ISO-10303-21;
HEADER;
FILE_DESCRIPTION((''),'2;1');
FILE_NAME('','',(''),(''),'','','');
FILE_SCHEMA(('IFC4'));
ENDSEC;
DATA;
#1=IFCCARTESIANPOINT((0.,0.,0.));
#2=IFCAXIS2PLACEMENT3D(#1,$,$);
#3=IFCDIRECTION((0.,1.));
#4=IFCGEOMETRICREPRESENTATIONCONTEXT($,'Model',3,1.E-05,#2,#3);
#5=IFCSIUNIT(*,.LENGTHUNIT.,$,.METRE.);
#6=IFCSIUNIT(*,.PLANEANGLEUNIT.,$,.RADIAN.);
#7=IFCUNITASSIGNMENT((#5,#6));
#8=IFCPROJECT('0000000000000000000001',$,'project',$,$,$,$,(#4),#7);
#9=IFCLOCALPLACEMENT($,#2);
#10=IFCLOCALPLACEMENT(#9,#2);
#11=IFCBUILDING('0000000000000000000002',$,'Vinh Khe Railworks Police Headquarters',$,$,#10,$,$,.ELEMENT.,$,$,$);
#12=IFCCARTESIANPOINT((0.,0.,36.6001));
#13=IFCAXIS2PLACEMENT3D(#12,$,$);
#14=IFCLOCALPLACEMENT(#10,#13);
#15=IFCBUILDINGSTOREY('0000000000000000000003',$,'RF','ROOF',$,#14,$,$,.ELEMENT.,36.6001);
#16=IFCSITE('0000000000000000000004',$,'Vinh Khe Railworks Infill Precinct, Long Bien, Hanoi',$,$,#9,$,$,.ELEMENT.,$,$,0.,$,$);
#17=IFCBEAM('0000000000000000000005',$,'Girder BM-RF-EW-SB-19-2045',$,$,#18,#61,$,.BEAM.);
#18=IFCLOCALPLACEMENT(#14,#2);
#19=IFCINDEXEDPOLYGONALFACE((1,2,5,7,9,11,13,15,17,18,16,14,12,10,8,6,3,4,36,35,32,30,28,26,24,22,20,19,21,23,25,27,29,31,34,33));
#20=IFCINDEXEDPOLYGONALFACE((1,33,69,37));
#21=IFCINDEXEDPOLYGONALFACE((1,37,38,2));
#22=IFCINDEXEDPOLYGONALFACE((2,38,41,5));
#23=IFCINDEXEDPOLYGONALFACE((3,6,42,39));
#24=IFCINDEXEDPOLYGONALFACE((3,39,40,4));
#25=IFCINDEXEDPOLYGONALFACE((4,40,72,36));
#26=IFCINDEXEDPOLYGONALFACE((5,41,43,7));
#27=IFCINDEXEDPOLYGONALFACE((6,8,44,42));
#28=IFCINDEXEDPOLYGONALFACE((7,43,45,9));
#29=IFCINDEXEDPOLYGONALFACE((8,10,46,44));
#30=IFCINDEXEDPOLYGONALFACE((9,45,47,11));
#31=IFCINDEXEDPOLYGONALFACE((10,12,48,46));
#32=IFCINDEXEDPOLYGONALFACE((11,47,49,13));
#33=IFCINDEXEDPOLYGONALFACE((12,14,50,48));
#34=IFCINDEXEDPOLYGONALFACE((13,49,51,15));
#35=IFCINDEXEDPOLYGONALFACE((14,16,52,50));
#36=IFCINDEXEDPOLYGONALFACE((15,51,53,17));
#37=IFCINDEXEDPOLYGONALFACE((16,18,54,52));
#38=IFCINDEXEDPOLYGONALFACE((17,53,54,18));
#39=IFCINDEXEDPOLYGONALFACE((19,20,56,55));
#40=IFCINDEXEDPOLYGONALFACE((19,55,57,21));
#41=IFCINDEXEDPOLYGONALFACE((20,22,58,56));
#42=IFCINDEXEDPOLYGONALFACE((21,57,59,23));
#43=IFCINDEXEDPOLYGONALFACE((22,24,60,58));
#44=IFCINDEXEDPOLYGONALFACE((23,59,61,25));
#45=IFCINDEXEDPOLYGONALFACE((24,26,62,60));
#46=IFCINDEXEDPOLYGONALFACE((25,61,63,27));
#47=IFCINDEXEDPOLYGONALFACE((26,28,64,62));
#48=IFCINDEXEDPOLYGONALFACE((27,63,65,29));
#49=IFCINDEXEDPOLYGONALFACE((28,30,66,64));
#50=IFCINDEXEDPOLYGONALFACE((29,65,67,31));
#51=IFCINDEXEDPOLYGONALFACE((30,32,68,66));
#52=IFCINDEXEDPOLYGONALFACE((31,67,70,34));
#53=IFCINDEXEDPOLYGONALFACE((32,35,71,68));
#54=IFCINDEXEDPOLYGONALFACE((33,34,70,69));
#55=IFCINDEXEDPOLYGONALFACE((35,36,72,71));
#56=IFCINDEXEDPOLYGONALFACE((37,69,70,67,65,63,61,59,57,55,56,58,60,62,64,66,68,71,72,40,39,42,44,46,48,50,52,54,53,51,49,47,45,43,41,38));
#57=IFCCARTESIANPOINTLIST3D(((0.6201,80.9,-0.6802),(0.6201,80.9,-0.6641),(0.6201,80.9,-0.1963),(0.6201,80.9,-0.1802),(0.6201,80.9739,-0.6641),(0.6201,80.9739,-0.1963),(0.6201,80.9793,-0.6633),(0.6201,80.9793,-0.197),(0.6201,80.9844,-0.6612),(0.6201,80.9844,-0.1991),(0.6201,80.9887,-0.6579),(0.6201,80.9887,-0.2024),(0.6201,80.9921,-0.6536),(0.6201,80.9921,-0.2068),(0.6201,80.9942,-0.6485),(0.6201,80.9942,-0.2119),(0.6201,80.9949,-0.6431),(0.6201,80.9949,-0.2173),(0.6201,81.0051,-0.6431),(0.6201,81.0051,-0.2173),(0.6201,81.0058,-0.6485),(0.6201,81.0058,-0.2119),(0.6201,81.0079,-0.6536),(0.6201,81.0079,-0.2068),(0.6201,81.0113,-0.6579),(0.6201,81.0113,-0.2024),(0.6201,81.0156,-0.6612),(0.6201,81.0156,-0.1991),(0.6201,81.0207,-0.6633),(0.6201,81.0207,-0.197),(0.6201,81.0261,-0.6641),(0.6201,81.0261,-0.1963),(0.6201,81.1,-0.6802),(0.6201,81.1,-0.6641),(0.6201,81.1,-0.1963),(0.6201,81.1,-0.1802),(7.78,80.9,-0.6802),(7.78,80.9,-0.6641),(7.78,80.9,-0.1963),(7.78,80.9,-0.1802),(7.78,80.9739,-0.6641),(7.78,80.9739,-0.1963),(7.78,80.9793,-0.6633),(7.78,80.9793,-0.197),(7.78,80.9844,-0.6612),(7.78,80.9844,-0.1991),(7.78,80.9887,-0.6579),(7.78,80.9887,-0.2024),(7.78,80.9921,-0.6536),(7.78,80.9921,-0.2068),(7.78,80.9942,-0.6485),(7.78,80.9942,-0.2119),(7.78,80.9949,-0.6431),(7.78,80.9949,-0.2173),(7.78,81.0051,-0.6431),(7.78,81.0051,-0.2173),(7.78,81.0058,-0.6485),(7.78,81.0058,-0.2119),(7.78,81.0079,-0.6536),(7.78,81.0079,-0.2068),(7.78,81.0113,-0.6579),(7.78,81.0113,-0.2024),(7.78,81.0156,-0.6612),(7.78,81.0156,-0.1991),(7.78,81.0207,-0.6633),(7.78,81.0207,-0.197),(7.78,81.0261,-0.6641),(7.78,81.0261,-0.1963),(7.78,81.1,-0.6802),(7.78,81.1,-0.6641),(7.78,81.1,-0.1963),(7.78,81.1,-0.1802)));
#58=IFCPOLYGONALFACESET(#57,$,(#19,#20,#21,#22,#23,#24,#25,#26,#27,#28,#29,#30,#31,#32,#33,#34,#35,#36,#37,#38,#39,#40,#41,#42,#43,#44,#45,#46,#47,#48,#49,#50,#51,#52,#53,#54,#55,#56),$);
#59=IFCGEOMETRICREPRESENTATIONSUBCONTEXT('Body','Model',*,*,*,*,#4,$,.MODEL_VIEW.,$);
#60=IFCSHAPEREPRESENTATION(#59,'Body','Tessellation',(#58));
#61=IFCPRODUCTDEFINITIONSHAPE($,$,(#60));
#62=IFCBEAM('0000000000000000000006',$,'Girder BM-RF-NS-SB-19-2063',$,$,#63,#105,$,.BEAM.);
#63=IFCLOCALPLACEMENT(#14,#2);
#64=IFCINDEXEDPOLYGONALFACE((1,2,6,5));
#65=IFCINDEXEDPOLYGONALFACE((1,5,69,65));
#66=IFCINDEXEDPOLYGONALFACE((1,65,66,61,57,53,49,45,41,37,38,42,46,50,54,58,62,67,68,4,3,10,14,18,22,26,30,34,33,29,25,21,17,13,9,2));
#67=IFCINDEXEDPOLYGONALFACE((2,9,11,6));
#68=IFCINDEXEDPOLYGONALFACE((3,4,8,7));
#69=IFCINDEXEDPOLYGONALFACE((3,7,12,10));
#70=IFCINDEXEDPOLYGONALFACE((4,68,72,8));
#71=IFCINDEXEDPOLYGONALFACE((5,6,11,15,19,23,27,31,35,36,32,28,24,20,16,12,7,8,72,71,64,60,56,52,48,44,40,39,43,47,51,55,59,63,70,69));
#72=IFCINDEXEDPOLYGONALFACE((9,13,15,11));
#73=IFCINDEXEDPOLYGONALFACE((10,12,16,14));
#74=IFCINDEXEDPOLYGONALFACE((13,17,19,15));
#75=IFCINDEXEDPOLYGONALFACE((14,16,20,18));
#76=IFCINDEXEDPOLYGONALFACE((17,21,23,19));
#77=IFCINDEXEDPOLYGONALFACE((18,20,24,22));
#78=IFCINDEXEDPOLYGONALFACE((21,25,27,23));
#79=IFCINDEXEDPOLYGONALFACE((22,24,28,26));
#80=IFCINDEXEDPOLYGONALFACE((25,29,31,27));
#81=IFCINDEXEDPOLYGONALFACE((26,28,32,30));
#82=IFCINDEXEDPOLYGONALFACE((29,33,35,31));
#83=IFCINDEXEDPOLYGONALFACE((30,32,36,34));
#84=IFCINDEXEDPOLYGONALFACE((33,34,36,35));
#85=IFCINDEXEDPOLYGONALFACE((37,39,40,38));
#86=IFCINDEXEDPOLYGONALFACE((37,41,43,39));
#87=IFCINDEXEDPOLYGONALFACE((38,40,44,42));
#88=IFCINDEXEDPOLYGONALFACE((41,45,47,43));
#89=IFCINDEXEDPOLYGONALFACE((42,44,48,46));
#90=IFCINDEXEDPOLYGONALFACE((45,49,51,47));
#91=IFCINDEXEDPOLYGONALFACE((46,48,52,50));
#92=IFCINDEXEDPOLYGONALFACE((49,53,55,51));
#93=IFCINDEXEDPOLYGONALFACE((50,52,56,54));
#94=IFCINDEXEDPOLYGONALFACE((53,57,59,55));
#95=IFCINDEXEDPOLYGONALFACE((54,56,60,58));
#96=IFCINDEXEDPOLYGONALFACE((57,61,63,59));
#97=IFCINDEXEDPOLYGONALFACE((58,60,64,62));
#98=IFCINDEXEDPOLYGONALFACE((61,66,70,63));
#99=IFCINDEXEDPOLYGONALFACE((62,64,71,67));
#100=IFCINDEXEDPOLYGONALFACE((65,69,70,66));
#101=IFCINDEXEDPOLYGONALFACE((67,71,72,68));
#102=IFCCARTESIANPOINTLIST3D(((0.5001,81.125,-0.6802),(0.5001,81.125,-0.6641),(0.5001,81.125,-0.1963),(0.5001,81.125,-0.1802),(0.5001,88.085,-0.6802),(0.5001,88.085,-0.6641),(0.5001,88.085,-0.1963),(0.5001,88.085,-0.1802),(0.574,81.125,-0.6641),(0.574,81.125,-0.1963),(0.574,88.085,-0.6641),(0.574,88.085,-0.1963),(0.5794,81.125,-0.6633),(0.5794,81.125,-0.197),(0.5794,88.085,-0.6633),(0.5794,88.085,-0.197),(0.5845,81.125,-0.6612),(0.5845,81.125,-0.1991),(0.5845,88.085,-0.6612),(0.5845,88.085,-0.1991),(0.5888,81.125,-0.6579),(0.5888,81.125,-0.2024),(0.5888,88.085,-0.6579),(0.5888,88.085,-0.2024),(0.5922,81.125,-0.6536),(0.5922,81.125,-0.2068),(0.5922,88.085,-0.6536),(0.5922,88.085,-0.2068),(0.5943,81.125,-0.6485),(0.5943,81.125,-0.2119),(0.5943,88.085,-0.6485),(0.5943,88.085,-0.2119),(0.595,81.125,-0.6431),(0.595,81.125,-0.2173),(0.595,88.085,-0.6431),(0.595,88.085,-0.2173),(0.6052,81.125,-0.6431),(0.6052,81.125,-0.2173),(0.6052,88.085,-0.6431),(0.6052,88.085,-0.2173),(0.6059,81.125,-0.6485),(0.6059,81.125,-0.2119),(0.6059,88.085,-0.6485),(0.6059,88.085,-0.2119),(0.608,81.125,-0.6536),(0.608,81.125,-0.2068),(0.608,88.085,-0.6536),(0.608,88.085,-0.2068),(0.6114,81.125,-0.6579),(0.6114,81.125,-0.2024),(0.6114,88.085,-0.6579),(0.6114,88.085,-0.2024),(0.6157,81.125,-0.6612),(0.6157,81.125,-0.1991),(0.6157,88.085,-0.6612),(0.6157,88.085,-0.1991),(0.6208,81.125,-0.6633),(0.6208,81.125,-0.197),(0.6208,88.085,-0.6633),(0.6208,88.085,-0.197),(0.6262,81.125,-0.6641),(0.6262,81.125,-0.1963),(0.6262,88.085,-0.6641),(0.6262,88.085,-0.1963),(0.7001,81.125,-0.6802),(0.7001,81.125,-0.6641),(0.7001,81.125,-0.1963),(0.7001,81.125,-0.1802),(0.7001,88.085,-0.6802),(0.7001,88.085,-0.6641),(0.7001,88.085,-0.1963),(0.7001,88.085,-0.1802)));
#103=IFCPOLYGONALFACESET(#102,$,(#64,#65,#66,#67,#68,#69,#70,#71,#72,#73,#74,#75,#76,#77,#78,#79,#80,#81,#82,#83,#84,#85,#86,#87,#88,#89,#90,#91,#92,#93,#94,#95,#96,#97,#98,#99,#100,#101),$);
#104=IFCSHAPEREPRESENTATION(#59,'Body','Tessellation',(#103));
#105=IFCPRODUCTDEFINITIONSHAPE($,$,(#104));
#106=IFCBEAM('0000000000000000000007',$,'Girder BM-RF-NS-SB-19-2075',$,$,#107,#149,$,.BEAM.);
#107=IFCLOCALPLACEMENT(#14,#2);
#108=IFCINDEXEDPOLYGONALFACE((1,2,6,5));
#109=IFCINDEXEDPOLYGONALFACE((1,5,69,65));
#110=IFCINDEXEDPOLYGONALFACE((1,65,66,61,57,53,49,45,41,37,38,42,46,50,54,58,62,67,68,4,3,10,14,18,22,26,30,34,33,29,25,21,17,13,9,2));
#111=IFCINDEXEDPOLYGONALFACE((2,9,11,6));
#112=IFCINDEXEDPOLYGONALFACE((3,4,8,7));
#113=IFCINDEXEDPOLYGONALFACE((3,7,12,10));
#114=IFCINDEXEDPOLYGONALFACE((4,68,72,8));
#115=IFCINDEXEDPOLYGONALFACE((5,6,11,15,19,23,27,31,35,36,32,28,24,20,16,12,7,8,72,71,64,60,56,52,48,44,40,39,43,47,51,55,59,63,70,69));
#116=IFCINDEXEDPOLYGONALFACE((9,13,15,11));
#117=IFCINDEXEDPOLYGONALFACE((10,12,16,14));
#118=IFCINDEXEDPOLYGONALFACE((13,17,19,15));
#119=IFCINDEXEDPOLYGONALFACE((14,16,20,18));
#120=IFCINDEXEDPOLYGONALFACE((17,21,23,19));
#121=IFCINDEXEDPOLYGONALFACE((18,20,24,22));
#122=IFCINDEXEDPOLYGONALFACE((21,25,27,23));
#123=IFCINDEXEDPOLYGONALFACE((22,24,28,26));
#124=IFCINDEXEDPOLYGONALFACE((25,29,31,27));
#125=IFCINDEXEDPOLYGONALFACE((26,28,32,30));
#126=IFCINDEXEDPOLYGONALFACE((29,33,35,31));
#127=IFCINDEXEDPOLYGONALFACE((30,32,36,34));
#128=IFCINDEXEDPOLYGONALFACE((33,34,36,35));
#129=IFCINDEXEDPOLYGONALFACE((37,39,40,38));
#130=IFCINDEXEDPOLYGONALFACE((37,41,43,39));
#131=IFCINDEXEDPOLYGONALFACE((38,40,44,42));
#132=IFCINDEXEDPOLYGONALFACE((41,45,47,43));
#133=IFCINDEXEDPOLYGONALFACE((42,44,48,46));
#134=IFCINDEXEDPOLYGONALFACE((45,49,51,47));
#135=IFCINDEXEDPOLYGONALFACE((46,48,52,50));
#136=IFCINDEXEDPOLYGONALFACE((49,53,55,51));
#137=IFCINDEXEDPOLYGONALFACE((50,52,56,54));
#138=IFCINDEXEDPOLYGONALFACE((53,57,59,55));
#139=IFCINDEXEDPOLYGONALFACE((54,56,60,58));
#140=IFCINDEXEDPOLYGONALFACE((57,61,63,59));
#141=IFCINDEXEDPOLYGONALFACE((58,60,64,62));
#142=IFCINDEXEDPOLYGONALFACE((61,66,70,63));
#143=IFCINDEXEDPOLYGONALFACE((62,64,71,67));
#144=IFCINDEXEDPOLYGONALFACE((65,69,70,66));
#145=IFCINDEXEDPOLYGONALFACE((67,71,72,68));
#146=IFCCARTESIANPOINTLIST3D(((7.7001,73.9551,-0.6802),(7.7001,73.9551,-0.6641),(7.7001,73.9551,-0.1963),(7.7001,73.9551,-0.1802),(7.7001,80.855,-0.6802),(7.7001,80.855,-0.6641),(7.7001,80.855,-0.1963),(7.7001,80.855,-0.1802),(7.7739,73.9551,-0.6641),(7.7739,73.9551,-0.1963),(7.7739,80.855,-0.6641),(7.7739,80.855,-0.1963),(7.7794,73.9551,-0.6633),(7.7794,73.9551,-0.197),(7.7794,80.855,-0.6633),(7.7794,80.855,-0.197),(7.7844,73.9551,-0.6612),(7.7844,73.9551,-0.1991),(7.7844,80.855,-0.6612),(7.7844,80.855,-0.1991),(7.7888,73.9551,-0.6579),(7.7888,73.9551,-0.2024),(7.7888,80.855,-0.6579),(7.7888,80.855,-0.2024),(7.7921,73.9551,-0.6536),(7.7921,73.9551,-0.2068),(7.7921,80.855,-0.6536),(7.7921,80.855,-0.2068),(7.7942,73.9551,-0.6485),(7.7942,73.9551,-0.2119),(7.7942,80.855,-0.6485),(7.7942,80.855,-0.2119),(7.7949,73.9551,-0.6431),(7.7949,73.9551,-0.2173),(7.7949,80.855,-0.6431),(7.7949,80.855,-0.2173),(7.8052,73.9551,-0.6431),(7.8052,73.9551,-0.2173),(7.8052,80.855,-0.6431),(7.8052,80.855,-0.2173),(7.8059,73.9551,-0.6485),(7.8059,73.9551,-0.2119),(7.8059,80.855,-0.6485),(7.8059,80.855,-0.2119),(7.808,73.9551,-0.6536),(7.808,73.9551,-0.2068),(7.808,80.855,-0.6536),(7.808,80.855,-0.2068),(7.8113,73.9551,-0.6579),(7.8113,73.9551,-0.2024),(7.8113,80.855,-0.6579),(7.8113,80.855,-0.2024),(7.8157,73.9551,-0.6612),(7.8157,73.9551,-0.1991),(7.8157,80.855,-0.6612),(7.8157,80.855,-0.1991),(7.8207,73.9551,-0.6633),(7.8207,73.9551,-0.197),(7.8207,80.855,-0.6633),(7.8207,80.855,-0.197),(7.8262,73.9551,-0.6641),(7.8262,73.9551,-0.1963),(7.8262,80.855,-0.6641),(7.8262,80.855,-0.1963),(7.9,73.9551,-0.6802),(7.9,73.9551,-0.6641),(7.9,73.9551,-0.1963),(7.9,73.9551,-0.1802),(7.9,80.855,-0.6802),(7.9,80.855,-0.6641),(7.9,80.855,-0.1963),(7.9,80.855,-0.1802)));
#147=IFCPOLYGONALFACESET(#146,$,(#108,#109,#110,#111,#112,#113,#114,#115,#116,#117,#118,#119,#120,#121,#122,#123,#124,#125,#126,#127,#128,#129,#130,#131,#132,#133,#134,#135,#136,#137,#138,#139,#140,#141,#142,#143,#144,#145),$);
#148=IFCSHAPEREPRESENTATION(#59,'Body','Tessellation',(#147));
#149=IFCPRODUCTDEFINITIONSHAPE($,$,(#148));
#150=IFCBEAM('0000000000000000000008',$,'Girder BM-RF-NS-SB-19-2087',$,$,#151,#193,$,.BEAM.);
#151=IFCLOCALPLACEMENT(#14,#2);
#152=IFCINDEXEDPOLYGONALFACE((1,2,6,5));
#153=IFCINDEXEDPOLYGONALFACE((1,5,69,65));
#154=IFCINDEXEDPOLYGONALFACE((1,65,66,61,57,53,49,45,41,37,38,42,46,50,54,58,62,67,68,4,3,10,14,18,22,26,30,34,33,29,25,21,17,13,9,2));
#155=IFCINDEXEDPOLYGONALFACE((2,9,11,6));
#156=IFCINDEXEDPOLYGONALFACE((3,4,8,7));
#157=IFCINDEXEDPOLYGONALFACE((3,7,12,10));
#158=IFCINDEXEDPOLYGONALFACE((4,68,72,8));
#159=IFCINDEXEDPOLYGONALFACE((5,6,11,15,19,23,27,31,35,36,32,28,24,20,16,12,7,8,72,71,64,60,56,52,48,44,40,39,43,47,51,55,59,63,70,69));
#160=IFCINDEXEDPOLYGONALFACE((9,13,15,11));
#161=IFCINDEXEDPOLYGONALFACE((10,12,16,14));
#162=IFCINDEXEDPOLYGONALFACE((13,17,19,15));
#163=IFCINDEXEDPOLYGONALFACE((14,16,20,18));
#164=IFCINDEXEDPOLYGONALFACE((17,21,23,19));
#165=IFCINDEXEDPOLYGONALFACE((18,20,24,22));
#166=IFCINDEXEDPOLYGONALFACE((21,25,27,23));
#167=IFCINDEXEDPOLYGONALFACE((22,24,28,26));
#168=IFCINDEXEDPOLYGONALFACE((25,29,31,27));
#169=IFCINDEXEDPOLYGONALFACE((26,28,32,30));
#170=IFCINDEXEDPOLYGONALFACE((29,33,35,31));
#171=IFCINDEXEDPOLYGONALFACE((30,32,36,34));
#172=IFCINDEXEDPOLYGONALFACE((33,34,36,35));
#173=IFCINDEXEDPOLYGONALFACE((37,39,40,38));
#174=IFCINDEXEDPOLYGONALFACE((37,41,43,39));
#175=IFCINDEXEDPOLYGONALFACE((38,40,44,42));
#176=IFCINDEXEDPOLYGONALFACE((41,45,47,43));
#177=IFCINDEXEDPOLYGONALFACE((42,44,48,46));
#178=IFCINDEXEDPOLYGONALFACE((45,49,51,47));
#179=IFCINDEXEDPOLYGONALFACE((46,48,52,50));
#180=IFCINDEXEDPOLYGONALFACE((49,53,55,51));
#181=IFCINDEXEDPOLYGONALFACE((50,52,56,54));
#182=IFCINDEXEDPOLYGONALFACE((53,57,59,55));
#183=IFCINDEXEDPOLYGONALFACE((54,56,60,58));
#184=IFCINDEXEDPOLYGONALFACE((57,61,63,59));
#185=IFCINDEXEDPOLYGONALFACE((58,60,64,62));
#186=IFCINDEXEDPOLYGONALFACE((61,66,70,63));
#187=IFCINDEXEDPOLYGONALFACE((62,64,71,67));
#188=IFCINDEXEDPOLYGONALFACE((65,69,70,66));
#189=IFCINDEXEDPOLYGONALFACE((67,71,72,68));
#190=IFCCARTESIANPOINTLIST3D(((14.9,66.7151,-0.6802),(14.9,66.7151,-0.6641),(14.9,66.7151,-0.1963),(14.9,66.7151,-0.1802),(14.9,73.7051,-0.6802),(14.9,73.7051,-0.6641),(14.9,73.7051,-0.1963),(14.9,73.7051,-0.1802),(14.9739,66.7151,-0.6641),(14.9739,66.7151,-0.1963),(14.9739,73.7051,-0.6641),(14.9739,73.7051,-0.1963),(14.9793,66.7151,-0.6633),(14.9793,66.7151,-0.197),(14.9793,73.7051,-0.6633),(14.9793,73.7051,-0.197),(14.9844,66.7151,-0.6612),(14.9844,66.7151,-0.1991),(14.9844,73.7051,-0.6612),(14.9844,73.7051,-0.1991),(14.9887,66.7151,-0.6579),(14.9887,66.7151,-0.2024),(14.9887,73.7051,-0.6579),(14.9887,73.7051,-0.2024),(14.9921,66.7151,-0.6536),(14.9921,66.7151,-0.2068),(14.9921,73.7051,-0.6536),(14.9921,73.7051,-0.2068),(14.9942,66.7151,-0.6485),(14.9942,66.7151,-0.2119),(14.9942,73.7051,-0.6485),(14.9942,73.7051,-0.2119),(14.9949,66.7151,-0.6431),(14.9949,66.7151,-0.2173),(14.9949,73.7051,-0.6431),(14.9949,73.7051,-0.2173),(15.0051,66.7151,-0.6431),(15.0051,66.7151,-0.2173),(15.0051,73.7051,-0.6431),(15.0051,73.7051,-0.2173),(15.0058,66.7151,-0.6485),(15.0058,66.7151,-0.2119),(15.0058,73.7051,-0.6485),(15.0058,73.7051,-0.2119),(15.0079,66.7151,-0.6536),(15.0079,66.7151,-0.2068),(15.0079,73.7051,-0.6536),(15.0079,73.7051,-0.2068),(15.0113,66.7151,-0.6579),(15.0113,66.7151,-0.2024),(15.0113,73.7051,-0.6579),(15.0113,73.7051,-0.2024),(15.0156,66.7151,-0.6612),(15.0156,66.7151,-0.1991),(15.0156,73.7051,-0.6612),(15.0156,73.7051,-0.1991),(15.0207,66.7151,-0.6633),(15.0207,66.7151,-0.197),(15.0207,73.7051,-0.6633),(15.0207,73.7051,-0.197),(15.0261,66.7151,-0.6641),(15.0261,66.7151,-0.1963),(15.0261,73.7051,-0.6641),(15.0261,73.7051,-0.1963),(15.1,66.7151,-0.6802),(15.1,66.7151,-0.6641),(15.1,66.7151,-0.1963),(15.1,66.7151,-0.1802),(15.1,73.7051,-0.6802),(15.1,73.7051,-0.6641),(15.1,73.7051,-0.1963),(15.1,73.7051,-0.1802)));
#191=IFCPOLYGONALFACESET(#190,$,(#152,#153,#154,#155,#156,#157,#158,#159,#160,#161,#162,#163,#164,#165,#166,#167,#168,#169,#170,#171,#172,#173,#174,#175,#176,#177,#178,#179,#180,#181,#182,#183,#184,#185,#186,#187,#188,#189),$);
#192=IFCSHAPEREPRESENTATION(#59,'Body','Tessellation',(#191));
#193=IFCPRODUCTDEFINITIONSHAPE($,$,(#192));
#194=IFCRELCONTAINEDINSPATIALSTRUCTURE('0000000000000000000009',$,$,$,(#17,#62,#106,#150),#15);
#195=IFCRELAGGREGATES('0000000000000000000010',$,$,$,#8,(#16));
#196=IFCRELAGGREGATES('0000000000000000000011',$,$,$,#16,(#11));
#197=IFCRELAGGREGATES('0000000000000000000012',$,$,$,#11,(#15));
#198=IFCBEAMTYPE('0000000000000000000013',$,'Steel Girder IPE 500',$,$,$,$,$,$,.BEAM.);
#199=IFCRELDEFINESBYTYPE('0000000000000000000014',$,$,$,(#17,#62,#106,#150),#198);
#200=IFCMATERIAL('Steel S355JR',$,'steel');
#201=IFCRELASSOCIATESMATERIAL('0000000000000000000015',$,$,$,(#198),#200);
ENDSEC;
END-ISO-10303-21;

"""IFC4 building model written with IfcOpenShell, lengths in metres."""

from ifc_helpers import new_model, si_unit, direction, frame, origin, origin_2d, place, context, subcontext, project, spatial, i_section, extrude, material, material_profile, profile_set, type_object, element, save


model = new_model("IFC4")

# Units and contexts
model_context = context("Model", 3, precision=1e-05, world=origin(), true_north=direction((0.0, 1.0)))
body_context = subcontext(model_context, "Body", "Model", "MODEL_VIEW")
ifc_project = project(units=[si_unit("LENGTHUNIT", "METRE"), si_unit("PLANEANGLEUNIT", "RADIAN")], contexts=[model_context])

# Site, building, storey
site_placement = place(None, origin())
site = spatial("IfcSite", under=ifc_project, at=site_placement, Name="Vinh Khe Railworks Infill Precinct, Long Bien, Hanoi", CompositionType="ELEMENT", RefElevation=0.0)
building_placement = place(site_placement, origin())
building = spatial("IfcBuilding", under=site, at=building_placement, Name="Vinh Khe Railworks Police Headquarters", CompositionType="ELEMENT")
storey_placement = place(building_placement, frame((0.0, 0.0, 36.6001)))
storey = spatial("IfcBuildingStorey", under=building, at=storey_placement, Name="RF", Description="ROOF", CompositionType="ELEMENT", Elevation=36.6001)

# Shared definitions
ifc_material_1 = material(Name="Steel S355JR", Category="steel")

# Beams
ifc_material_profile_1 = material_profile(ifc_material_1, i_section(OverallWidth=0.2, OverallDepth=0.5, WebThickness=0.0103, FlangeThickness=0.0161, FilletRadius=0.021, at=origin_2d()), Name="IPE 500")
ifc_profile_set_1 = profile_set([ifc_material_profile_1], Name="Steel S355JR")
beam_type_1 = type_object("IfcBeamType", Name="Steel Girder IPE 500", PredefinedType="BEAM", material=ifc_profile_set_1)
beam_1_placement = place(storey_placement, frame((0.6201, 81.0, -0.4302), z_axis=(1.0, 0.0, 0.0), x_axis=(0.0, 1.0, 0.0)))
element("IfcBeam", 1, at=beam_1_placement, inside=storey, type_object=beam_type_1, Name="Girder BM-RF-EW-SB-19-2045", PredefinedType="BEAM", context=body_context, shape_type="SweptSolid", body=[
    extrude(i_section(OverallWidth=0.2, OverallDepth=0.5, WebThickness=0.0103, FlangeThickness=0.0161, FilletRadius=0.021, at=origin_2d()), origin(), (0.0, 0.0, 1.0), 7.1599),
])
beam_2_placement = place(storey_placement, frame((0.6001, 81.125, -0.4302), z_axis=(0.0, 1.0, 0.0), x_axis=(-1.0, 0.0, 0.0)))
element("IfcBeam", 2, at=beam_2_placement, inside=storey, type_object=beam_type_1, Name="Girder BM-RF-NS-SB-19-2063", PredefinedType="BEAM", context=body_context, shape_type="SweptSolid", body=[
    extrude(i_section(OverallWidth=0.2, OverallDepth=0.5, WebThickness=0.0103, FlangeThickness=0.0161, FilletRadius=0.021, at=origin_2d()), origin(), (0.0, 0.0, 1.0), 6.96),
])
beam_3_placement = place(storey_placement, frame((7.8, 73.9551, -0.4302), z_axis=(0.0, 1.0, 0.0), x_axis=(-1.0, 0.0, 0.0)))
element("IfcBeam", 3, at=beam_3_placement, inside=storey, type_object=beam_type_1, Name="Girder BM-RF-NS-SB-19-2075", PredefinedType="BEAM", context=body_context, shape_type="SweptSolid", body=[
    extrude(i_section(OverallWidth=0.2, OverallDepth=0.5, WebThickness=0.0103, FlangeThickness=0.0161, FilletRadius=0.021, at=origin_2d()), origin(), (0.0, 0.0, 1.0), 6.8999),
])
beam_4_placement = place(storey_placement, frame((15.0, 66.7151, -0.4302), z_axis=(0.0, 1.0, 0.0), x_axis=(-1.0, 0.0, 0.0)))
element("IfcBeam", 4, at=beam_4_placement, inside=storey, type_object=beam_type_1, Name="Girder BM-RF-NS-SB-19-2087", PredefinedType="BEAM", context=body_context, shape_type="SweptSolid", body=[
    extrude(i_section(OverallWidth=0.2, OverallDepth=0.5, WebThickness=0.0103, FlangeThickness=0.0161, FilletRadius=0.021, at=origin_2d()), origin(), (0.0, 0.0, 1.0), 6.99),
])

save(model, "model.ifc")
